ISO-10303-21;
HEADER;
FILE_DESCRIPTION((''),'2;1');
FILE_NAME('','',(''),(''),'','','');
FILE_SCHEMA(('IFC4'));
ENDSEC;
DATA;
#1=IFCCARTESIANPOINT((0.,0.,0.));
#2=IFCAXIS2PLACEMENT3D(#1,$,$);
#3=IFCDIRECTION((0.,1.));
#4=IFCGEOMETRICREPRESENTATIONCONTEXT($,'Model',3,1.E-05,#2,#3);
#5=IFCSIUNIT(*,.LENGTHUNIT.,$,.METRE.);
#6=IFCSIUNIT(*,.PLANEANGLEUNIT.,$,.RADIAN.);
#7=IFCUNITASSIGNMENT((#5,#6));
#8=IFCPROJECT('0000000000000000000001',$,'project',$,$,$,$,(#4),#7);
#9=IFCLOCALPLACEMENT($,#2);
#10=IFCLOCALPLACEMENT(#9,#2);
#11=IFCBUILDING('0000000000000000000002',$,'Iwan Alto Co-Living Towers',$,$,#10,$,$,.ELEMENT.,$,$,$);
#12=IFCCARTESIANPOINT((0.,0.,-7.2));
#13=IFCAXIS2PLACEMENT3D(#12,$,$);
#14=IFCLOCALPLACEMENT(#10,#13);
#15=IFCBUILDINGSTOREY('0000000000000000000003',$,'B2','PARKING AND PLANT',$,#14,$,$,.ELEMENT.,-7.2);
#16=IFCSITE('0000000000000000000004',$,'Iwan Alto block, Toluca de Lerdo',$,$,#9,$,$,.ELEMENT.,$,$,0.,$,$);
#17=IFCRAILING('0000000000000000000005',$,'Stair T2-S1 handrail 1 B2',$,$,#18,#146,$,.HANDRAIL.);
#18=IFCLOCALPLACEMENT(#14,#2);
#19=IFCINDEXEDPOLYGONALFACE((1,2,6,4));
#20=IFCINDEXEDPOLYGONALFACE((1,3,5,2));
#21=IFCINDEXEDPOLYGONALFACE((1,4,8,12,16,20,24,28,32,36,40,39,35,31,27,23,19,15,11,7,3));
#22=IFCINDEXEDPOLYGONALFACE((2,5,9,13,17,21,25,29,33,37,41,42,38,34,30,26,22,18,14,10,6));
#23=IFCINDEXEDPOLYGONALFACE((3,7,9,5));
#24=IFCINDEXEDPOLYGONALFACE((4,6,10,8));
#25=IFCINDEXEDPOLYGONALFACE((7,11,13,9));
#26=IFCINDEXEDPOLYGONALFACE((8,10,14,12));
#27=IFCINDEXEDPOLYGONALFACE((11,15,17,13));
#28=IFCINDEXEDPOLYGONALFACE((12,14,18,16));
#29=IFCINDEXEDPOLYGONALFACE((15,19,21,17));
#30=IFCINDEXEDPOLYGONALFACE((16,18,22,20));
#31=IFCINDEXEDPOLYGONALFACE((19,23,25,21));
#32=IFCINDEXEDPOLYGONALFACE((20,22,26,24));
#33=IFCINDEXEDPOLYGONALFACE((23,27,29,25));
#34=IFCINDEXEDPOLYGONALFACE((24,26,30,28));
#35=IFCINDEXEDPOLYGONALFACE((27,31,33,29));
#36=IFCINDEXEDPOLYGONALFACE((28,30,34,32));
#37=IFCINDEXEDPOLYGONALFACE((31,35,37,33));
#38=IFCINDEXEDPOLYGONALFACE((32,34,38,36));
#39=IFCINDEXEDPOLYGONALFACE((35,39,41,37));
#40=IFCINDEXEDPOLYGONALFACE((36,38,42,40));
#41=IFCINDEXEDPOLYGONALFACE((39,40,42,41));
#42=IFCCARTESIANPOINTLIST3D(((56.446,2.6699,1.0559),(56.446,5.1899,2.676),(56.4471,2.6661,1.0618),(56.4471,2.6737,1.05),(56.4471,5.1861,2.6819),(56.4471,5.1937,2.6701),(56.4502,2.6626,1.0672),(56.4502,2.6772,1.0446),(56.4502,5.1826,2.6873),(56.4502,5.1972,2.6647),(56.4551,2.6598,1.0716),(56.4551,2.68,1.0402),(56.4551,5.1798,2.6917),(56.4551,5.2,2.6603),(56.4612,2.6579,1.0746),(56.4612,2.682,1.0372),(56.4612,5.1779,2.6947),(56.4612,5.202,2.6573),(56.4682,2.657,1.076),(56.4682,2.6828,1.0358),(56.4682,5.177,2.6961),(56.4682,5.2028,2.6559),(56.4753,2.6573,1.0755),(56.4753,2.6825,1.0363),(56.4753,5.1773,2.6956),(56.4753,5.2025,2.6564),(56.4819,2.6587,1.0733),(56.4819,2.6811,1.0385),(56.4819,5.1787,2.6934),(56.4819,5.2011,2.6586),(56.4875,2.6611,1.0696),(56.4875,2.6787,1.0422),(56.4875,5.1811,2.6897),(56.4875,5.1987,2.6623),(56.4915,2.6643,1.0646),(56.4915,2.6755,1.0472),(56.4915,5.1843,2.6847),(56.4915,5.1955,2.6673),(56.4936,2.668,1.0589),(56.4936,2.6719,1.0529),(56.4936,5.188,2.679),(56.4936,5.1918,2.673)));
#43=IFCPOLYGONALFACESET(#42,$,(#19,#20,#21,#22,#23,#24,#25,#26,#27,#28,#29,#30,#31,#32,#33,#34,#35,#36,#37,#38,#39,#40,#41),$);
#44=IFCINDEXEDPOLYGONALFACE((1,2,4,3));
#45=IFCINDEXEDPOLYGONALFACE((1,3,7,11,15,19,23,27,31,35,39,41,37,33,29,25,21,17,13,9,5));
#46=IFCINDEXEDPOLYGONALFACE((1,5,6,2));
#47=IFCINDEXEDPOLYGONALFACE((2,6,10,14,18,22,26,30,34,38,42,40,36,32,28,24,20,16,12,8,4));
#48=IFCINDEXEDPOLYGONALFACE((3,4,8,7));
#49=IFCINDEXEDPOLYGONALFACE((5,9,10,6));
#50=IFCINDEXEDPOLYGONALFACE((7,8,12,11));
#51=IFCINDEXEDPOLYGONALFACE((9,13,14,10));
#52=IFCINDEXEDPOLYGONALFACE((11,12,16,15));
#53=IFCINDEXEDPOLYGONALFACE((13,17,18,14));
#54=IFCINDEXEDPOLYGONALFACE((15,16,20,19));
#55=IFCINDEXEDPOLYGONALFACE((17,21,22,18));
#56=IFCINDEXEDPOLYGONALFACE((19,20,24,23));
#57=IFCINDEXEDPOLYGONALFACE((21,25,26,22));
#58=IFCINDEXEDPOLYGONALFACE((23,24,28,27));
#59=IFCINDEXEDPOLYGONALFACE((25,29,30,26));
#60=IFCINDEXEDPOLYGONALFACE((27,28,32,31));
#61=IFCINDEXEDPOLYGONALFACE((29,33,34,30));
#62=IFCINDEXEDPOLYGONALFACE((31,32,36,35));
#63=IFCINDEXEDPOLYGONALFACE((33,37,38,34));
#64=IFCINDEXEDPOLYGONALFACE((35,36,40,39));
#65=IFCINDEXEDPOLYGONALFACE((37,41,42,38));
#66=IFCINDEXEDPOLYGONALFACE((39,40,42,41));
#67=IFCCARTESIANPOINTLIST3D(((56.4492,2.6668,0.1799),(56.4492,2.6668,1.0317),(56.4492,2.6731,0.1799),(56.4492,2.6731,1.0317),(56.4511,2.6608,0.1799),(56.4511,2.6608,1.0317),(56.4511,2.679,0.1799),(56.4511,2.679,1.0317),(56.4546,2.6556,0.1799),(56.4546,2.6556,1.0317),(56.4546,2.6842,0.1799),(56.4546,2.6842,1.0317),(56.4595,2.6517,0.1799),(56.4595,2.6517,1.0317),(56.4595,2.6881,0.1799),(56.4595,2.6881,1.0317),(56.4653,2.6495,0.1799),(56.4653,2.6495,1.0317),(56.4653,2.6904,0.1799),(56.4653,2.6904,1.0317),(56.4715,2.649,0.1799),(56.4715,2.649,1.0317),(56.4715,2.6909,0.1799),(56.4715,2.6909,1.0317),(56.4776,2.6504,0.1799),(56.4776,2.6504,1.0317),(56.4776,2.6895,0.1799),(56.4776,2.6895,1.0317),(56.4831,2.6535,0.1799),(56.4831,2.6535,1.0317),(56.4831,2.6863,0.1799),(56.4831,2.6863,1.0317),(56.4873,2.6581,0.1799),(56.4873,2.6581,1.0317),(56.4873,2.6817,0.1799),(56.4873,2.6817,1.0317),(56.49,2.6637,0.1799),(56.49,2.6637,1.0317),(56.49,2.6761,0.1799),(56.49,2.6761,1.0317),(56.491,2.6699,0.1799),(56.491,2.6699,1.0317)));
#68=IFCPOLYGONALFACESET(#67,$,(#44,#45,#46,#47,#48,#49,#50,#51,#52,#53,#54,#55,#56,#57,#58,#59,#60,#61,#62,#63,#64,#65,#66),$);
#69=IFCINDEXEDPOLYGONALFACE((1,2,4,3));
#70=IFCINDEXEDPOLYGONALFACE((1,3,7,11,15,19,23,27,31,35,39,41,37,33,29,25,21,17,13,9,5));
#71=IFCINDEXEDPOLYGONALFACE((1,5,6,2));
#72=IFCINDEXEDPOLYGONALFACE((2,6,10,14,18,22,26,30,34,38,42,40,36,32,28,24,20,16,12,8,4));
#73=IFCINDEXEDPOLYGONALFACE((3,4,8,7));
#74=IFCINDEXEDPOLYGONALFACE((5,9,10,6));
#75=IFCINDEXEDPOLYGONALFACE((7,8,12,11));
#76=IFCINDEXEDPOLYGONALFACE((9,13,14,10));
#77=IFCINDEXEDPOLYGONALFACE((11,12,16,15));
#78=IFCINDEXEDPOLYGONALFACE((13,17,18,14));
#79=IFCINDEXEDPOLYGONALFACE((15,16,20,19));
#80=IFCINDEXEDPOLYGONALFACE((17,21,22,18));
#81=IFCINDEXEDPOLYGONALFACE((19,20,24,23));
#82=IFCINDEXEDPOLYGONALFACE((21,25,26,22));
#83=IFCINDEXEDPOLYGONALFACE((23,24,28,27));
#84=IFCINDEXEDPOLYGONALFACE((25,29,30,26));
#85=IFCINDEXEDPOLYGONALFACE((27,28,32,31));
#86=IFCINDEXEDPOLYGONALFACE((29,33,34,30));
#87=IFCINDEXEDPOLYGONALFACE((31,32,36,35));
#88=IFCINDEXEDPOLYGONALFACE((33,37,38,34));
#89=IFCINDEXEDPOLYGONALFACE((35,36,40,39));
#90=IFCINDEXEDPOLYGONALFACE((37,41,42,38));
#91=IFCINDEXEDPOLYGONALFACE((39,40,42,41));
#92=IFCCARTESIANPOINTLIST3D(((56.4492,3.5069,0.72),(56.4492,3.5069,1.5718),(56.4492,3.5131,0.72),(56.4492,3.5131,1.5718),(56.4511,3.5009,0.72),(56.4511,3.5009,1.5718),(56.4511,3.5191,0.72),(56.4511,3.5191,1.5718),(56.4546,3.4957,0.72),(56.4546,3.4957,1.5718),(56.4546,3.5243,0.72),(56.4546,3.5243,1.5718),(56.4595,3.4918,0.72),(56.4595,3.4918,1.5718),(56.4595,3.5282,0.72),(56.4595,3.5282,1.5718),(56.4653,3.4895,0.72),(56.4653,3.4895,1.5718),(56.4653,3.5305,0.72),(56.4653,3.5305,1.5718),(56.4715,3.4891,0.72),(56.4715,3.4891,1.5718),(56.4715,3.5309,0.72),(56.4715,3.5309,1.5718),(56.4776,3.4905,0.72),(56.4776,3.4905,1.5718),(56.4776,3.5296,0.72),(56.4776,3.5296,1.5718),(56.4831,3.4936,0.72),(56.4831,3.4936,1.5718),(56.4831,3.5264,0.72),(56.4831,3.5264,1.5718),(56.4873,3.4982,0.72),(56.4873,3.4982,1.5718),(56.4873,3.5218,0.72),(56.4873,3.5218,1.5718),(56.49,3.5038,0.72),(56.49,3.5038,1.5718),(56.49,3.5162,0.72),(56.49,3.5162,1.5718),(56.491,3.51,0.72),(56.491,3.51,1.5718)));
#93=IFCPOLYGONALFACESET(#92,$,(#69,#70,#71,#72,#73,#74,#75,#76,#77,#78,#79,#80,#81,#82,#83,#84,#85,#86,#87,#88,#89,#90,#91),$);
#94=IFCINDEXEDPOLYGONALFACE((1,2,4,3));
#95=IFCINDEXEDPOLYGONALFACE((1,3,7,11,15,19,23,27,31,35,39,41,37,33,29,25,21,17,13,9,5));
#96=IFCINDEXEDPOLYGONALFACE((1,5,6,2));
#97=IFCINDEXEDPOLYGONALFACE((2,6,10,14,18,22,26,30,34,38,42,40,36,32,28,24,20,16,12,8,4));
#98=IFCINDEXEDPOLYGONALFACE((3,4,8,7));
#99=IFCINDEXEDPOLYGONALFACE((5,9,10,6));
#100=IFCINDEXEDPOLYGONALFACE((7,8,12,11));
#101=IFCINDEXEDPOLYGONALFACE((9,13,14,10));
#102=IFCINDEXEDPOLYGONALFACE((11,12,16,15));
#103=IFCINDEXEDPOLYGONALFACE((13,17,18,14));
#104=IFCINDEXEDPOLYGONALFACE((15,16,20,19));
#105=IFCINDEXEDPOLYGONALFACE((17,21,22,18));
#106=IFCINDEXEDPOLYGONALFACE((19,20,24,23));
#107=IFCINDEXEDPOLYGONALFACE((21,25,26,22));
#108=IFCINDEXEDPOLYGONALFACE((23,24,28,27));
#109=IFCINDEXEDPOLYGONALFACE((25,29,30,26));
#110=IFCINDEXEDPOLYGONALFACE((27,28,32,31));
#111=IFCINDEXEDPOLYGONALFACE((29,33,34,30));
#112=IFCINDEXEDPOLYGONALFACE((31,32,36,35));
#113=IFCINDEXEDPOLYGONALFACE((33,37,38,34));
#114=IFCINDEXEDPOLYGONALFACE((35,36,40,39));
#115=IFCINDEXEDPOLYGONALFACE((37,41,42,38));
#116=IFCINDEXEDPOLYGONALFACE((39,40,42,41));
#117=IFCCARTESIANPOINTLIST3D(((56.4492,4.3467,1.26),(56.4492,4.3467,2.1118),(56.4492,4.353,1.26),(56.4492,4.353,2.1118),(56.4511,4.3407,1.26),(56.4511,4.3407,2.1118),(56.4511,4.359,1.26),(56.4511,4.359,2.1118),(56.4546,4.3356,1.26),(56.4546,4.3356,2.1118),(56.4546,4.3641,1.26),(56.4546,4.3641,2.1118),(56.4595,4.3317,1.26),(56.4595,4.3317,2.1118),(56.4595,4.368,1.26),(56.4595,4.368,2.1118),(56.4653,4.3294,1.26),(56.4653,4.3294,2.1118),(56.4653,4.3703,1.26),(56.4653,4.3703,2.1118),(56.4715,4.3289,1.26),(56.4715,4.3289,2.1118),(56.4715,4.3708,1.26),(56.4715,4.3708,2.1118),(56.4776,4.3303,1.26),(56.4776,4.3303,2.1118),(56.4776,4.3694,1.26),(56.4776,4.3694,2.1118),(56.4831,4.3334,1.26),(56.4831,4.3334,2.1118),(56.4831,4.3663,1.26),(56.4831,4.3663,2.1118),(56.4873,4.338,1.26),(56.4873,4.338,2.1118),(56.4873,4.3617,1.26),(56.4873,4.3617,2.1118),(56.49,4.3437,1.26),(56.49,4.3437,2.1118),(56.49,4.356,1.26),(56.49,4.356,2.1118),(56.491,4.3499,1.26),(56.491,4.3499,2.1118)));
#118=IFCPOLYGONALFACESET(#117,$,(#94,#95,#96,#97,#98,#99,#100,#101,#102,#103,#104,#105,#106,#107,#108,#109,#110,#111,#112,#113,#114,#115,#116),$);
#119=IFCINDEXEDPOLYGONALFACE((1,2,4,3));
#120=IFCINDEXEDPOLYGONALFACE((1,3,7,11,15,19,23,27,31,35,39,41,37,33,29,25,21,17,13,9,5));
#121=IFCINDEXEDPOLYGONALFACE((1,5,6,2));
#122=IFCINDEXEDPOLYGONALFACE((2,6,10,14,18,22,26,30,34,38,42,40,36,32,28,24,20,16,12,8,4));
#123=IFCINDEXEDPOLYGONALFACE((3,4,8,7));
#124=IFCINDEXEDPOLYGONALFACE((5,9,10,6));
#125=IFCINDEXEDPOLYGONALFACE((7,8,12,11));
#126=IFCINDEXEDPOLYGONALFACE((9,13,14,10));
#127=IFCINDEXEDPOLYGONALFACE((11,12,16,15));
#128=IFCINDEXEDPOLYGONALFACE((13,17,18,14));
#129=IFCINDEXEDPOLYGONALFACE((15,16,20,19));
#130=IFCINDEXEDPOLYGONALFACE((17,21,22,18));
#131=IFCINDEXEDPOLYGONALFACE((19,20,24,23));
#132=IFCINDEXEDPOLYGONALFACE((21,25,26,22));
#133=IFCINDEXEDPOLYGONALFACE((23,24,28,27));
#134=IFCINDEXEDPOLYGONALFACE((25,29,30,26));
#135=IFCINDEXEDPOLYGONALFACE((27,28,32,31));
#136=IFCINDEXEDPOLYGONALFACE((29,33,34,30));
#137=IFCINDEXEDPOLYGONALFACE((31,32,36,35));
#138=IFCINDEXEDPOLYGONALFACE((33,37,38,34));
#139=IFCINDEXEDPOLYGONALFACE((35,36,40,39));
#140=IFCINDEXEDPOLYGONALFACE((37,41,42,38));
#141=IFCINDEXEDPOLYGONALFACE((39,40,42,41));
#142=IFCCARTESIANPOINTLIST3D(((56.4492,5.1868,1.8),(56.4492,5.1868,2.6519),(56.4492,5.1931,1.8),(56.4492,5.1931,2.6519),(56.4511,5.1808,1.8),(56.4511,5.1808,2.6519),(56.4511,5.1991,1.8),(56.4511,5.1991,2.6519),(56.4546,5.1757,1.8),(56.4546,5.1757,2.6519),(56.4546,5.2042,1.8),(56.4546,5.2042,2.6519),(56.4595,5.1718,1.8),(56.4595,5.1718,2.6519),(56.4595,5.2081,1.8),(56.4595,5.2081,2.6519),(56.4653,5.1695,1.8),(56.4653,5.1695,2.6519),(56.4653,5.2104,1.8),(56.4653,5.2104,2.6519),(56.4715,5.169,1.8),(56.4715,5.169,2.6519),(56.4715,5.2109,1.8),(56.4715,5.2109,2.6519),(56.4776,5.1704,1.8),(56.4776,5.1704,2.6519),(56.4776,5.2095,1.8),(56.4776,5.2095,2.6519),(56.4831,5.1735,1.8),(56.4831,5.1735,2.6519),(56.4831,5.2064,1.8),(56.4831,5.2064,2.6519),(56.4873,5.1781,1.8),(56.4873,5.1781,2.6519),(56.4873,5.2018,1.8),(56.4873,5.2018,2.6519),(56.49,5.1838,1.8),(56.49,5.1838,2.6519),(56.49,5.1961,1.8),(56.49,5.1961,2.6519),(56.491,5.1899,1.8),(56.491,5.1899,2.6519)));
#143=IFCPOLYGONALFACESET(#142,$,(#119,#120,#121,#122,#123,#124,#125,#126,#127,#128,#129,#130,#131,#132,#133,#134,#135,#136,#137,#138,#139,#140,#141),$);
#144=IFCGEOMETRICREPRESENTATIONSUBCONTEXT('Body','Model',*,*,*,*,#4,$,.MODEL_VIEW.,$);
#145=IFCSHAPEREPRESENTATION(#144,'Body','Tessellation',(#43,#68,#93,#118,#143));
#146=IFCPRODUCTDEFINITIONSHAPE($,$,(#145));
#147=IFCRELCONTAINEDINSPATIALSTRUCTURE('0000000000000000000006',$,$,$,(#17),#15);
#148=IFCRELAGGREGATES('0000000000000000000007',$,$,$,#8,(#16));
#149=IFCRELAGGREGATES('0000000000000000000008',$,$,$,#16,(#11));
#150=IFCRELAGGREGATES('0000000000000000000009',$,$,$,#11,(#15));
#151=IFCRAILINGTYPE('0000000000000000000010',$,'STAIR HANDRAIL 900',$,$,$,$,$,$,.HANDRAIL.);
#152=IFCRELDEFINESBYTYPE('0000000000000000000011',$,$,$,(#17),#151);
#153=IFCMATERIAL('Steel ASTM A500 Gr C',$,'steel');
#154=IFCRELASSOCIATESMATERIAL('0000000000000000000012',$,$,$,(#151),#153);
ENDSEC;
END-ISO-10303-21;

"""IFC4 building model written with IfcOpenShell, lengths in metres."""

from ifc_helpers import new_model, si_unit, direction, frame, origin, origin_2d, place, context, subcontext, project, spatial, circle, extrude, material, type_object, element, save


model = new_model("IFC4")

# Units and contexts
model_context = context("Model", 3, precision=1e-05, world=origin(), true_north=direction((0.0, 1.0)))
body_context = subcontext(model_context, "Body", "Model", "MODEL_VIEW")
ifc_project = project(units=[si_unit("LENGTHUNIT", "METRE"), si_unit("PLANEANGLEUNIT", "RADIAN")], contexts=[model_context])

# Site, building, storey
site_placement = place(None, origin())
site = spatial("IfcSite", under=ifc_project, at=site_placement, Name="Iwan Alto block, Toluca de Lerdo", CompositionType="ELEMENT", RefElevation=0.0)
building_placement = place(site_placement, origin())
building = spatial("IfcBuilding", under=site, at=building_placement, Name="Iwan Alto Co-Living Towers", CompositionType="ELEMENT")
storey_placement = place(building_placement, frame((0.0, 0.0, -7.2)))
storey = spatial("IfcBuildingStorey", under=building, at=storey_placement, Name="B2", Description="PARKING AND PLANT", CompositionType="ELEMENT", Elevation=-7.2)

# Railing
ifc_material_1 = material(Name="Steel ASTM A500 Gr C", Category="steel")
railing_type_1 = type_object("IfcRailingType", Name="STAIR HANDRAIL 900", PredefinedType="HANDRAIL", material=ifc_material_1)
railing_1_placement = place(storey_placement, frame((56.47, 2.6699, 0.1799)))
element("IfcRailing", 1, at=railing_1_placement, inside=storey, type_object=railing_type_1, Name="Stair T2-S1 handrail 1 B2", PredefinedType="HANDRAIL", context=body_context, shape_type="SweptSolid", body=[
    extrude(circle(Radius=0.0239, at=origin_2d()), frame((0.0, 0.0, 0.876), z_axis=(0.0, 0.841163, 0.540782), x_axis=(-1.0, 0.0, 0.0)), (0.0, 0.0, 1.0), 2.9958),
    extrude(circle(Radius=0.021, at=origin_2d()), origin(), (0.0, 0.0, 1.0), 0.8518),
    extrude(circle(Radius=0.021, at=origin_2d()), frame((0.0, 0.8401, 0.54)), (0.0, 0.0, 1.0), 0.8518),
    extrude(circle(Radius=0.021, at=origin_2d()), frame((0.0, 1.6799, 1.0801)), (0.0, 0.0, 1.0), 0.8518),
    extrude(circle(Radius=0.021, at=origin_2d()), frame((0.0, 2.52, 1.6201)), (0.0, 0.0, 1.0), 0.8518),
])

save(model, "model.ifc")
